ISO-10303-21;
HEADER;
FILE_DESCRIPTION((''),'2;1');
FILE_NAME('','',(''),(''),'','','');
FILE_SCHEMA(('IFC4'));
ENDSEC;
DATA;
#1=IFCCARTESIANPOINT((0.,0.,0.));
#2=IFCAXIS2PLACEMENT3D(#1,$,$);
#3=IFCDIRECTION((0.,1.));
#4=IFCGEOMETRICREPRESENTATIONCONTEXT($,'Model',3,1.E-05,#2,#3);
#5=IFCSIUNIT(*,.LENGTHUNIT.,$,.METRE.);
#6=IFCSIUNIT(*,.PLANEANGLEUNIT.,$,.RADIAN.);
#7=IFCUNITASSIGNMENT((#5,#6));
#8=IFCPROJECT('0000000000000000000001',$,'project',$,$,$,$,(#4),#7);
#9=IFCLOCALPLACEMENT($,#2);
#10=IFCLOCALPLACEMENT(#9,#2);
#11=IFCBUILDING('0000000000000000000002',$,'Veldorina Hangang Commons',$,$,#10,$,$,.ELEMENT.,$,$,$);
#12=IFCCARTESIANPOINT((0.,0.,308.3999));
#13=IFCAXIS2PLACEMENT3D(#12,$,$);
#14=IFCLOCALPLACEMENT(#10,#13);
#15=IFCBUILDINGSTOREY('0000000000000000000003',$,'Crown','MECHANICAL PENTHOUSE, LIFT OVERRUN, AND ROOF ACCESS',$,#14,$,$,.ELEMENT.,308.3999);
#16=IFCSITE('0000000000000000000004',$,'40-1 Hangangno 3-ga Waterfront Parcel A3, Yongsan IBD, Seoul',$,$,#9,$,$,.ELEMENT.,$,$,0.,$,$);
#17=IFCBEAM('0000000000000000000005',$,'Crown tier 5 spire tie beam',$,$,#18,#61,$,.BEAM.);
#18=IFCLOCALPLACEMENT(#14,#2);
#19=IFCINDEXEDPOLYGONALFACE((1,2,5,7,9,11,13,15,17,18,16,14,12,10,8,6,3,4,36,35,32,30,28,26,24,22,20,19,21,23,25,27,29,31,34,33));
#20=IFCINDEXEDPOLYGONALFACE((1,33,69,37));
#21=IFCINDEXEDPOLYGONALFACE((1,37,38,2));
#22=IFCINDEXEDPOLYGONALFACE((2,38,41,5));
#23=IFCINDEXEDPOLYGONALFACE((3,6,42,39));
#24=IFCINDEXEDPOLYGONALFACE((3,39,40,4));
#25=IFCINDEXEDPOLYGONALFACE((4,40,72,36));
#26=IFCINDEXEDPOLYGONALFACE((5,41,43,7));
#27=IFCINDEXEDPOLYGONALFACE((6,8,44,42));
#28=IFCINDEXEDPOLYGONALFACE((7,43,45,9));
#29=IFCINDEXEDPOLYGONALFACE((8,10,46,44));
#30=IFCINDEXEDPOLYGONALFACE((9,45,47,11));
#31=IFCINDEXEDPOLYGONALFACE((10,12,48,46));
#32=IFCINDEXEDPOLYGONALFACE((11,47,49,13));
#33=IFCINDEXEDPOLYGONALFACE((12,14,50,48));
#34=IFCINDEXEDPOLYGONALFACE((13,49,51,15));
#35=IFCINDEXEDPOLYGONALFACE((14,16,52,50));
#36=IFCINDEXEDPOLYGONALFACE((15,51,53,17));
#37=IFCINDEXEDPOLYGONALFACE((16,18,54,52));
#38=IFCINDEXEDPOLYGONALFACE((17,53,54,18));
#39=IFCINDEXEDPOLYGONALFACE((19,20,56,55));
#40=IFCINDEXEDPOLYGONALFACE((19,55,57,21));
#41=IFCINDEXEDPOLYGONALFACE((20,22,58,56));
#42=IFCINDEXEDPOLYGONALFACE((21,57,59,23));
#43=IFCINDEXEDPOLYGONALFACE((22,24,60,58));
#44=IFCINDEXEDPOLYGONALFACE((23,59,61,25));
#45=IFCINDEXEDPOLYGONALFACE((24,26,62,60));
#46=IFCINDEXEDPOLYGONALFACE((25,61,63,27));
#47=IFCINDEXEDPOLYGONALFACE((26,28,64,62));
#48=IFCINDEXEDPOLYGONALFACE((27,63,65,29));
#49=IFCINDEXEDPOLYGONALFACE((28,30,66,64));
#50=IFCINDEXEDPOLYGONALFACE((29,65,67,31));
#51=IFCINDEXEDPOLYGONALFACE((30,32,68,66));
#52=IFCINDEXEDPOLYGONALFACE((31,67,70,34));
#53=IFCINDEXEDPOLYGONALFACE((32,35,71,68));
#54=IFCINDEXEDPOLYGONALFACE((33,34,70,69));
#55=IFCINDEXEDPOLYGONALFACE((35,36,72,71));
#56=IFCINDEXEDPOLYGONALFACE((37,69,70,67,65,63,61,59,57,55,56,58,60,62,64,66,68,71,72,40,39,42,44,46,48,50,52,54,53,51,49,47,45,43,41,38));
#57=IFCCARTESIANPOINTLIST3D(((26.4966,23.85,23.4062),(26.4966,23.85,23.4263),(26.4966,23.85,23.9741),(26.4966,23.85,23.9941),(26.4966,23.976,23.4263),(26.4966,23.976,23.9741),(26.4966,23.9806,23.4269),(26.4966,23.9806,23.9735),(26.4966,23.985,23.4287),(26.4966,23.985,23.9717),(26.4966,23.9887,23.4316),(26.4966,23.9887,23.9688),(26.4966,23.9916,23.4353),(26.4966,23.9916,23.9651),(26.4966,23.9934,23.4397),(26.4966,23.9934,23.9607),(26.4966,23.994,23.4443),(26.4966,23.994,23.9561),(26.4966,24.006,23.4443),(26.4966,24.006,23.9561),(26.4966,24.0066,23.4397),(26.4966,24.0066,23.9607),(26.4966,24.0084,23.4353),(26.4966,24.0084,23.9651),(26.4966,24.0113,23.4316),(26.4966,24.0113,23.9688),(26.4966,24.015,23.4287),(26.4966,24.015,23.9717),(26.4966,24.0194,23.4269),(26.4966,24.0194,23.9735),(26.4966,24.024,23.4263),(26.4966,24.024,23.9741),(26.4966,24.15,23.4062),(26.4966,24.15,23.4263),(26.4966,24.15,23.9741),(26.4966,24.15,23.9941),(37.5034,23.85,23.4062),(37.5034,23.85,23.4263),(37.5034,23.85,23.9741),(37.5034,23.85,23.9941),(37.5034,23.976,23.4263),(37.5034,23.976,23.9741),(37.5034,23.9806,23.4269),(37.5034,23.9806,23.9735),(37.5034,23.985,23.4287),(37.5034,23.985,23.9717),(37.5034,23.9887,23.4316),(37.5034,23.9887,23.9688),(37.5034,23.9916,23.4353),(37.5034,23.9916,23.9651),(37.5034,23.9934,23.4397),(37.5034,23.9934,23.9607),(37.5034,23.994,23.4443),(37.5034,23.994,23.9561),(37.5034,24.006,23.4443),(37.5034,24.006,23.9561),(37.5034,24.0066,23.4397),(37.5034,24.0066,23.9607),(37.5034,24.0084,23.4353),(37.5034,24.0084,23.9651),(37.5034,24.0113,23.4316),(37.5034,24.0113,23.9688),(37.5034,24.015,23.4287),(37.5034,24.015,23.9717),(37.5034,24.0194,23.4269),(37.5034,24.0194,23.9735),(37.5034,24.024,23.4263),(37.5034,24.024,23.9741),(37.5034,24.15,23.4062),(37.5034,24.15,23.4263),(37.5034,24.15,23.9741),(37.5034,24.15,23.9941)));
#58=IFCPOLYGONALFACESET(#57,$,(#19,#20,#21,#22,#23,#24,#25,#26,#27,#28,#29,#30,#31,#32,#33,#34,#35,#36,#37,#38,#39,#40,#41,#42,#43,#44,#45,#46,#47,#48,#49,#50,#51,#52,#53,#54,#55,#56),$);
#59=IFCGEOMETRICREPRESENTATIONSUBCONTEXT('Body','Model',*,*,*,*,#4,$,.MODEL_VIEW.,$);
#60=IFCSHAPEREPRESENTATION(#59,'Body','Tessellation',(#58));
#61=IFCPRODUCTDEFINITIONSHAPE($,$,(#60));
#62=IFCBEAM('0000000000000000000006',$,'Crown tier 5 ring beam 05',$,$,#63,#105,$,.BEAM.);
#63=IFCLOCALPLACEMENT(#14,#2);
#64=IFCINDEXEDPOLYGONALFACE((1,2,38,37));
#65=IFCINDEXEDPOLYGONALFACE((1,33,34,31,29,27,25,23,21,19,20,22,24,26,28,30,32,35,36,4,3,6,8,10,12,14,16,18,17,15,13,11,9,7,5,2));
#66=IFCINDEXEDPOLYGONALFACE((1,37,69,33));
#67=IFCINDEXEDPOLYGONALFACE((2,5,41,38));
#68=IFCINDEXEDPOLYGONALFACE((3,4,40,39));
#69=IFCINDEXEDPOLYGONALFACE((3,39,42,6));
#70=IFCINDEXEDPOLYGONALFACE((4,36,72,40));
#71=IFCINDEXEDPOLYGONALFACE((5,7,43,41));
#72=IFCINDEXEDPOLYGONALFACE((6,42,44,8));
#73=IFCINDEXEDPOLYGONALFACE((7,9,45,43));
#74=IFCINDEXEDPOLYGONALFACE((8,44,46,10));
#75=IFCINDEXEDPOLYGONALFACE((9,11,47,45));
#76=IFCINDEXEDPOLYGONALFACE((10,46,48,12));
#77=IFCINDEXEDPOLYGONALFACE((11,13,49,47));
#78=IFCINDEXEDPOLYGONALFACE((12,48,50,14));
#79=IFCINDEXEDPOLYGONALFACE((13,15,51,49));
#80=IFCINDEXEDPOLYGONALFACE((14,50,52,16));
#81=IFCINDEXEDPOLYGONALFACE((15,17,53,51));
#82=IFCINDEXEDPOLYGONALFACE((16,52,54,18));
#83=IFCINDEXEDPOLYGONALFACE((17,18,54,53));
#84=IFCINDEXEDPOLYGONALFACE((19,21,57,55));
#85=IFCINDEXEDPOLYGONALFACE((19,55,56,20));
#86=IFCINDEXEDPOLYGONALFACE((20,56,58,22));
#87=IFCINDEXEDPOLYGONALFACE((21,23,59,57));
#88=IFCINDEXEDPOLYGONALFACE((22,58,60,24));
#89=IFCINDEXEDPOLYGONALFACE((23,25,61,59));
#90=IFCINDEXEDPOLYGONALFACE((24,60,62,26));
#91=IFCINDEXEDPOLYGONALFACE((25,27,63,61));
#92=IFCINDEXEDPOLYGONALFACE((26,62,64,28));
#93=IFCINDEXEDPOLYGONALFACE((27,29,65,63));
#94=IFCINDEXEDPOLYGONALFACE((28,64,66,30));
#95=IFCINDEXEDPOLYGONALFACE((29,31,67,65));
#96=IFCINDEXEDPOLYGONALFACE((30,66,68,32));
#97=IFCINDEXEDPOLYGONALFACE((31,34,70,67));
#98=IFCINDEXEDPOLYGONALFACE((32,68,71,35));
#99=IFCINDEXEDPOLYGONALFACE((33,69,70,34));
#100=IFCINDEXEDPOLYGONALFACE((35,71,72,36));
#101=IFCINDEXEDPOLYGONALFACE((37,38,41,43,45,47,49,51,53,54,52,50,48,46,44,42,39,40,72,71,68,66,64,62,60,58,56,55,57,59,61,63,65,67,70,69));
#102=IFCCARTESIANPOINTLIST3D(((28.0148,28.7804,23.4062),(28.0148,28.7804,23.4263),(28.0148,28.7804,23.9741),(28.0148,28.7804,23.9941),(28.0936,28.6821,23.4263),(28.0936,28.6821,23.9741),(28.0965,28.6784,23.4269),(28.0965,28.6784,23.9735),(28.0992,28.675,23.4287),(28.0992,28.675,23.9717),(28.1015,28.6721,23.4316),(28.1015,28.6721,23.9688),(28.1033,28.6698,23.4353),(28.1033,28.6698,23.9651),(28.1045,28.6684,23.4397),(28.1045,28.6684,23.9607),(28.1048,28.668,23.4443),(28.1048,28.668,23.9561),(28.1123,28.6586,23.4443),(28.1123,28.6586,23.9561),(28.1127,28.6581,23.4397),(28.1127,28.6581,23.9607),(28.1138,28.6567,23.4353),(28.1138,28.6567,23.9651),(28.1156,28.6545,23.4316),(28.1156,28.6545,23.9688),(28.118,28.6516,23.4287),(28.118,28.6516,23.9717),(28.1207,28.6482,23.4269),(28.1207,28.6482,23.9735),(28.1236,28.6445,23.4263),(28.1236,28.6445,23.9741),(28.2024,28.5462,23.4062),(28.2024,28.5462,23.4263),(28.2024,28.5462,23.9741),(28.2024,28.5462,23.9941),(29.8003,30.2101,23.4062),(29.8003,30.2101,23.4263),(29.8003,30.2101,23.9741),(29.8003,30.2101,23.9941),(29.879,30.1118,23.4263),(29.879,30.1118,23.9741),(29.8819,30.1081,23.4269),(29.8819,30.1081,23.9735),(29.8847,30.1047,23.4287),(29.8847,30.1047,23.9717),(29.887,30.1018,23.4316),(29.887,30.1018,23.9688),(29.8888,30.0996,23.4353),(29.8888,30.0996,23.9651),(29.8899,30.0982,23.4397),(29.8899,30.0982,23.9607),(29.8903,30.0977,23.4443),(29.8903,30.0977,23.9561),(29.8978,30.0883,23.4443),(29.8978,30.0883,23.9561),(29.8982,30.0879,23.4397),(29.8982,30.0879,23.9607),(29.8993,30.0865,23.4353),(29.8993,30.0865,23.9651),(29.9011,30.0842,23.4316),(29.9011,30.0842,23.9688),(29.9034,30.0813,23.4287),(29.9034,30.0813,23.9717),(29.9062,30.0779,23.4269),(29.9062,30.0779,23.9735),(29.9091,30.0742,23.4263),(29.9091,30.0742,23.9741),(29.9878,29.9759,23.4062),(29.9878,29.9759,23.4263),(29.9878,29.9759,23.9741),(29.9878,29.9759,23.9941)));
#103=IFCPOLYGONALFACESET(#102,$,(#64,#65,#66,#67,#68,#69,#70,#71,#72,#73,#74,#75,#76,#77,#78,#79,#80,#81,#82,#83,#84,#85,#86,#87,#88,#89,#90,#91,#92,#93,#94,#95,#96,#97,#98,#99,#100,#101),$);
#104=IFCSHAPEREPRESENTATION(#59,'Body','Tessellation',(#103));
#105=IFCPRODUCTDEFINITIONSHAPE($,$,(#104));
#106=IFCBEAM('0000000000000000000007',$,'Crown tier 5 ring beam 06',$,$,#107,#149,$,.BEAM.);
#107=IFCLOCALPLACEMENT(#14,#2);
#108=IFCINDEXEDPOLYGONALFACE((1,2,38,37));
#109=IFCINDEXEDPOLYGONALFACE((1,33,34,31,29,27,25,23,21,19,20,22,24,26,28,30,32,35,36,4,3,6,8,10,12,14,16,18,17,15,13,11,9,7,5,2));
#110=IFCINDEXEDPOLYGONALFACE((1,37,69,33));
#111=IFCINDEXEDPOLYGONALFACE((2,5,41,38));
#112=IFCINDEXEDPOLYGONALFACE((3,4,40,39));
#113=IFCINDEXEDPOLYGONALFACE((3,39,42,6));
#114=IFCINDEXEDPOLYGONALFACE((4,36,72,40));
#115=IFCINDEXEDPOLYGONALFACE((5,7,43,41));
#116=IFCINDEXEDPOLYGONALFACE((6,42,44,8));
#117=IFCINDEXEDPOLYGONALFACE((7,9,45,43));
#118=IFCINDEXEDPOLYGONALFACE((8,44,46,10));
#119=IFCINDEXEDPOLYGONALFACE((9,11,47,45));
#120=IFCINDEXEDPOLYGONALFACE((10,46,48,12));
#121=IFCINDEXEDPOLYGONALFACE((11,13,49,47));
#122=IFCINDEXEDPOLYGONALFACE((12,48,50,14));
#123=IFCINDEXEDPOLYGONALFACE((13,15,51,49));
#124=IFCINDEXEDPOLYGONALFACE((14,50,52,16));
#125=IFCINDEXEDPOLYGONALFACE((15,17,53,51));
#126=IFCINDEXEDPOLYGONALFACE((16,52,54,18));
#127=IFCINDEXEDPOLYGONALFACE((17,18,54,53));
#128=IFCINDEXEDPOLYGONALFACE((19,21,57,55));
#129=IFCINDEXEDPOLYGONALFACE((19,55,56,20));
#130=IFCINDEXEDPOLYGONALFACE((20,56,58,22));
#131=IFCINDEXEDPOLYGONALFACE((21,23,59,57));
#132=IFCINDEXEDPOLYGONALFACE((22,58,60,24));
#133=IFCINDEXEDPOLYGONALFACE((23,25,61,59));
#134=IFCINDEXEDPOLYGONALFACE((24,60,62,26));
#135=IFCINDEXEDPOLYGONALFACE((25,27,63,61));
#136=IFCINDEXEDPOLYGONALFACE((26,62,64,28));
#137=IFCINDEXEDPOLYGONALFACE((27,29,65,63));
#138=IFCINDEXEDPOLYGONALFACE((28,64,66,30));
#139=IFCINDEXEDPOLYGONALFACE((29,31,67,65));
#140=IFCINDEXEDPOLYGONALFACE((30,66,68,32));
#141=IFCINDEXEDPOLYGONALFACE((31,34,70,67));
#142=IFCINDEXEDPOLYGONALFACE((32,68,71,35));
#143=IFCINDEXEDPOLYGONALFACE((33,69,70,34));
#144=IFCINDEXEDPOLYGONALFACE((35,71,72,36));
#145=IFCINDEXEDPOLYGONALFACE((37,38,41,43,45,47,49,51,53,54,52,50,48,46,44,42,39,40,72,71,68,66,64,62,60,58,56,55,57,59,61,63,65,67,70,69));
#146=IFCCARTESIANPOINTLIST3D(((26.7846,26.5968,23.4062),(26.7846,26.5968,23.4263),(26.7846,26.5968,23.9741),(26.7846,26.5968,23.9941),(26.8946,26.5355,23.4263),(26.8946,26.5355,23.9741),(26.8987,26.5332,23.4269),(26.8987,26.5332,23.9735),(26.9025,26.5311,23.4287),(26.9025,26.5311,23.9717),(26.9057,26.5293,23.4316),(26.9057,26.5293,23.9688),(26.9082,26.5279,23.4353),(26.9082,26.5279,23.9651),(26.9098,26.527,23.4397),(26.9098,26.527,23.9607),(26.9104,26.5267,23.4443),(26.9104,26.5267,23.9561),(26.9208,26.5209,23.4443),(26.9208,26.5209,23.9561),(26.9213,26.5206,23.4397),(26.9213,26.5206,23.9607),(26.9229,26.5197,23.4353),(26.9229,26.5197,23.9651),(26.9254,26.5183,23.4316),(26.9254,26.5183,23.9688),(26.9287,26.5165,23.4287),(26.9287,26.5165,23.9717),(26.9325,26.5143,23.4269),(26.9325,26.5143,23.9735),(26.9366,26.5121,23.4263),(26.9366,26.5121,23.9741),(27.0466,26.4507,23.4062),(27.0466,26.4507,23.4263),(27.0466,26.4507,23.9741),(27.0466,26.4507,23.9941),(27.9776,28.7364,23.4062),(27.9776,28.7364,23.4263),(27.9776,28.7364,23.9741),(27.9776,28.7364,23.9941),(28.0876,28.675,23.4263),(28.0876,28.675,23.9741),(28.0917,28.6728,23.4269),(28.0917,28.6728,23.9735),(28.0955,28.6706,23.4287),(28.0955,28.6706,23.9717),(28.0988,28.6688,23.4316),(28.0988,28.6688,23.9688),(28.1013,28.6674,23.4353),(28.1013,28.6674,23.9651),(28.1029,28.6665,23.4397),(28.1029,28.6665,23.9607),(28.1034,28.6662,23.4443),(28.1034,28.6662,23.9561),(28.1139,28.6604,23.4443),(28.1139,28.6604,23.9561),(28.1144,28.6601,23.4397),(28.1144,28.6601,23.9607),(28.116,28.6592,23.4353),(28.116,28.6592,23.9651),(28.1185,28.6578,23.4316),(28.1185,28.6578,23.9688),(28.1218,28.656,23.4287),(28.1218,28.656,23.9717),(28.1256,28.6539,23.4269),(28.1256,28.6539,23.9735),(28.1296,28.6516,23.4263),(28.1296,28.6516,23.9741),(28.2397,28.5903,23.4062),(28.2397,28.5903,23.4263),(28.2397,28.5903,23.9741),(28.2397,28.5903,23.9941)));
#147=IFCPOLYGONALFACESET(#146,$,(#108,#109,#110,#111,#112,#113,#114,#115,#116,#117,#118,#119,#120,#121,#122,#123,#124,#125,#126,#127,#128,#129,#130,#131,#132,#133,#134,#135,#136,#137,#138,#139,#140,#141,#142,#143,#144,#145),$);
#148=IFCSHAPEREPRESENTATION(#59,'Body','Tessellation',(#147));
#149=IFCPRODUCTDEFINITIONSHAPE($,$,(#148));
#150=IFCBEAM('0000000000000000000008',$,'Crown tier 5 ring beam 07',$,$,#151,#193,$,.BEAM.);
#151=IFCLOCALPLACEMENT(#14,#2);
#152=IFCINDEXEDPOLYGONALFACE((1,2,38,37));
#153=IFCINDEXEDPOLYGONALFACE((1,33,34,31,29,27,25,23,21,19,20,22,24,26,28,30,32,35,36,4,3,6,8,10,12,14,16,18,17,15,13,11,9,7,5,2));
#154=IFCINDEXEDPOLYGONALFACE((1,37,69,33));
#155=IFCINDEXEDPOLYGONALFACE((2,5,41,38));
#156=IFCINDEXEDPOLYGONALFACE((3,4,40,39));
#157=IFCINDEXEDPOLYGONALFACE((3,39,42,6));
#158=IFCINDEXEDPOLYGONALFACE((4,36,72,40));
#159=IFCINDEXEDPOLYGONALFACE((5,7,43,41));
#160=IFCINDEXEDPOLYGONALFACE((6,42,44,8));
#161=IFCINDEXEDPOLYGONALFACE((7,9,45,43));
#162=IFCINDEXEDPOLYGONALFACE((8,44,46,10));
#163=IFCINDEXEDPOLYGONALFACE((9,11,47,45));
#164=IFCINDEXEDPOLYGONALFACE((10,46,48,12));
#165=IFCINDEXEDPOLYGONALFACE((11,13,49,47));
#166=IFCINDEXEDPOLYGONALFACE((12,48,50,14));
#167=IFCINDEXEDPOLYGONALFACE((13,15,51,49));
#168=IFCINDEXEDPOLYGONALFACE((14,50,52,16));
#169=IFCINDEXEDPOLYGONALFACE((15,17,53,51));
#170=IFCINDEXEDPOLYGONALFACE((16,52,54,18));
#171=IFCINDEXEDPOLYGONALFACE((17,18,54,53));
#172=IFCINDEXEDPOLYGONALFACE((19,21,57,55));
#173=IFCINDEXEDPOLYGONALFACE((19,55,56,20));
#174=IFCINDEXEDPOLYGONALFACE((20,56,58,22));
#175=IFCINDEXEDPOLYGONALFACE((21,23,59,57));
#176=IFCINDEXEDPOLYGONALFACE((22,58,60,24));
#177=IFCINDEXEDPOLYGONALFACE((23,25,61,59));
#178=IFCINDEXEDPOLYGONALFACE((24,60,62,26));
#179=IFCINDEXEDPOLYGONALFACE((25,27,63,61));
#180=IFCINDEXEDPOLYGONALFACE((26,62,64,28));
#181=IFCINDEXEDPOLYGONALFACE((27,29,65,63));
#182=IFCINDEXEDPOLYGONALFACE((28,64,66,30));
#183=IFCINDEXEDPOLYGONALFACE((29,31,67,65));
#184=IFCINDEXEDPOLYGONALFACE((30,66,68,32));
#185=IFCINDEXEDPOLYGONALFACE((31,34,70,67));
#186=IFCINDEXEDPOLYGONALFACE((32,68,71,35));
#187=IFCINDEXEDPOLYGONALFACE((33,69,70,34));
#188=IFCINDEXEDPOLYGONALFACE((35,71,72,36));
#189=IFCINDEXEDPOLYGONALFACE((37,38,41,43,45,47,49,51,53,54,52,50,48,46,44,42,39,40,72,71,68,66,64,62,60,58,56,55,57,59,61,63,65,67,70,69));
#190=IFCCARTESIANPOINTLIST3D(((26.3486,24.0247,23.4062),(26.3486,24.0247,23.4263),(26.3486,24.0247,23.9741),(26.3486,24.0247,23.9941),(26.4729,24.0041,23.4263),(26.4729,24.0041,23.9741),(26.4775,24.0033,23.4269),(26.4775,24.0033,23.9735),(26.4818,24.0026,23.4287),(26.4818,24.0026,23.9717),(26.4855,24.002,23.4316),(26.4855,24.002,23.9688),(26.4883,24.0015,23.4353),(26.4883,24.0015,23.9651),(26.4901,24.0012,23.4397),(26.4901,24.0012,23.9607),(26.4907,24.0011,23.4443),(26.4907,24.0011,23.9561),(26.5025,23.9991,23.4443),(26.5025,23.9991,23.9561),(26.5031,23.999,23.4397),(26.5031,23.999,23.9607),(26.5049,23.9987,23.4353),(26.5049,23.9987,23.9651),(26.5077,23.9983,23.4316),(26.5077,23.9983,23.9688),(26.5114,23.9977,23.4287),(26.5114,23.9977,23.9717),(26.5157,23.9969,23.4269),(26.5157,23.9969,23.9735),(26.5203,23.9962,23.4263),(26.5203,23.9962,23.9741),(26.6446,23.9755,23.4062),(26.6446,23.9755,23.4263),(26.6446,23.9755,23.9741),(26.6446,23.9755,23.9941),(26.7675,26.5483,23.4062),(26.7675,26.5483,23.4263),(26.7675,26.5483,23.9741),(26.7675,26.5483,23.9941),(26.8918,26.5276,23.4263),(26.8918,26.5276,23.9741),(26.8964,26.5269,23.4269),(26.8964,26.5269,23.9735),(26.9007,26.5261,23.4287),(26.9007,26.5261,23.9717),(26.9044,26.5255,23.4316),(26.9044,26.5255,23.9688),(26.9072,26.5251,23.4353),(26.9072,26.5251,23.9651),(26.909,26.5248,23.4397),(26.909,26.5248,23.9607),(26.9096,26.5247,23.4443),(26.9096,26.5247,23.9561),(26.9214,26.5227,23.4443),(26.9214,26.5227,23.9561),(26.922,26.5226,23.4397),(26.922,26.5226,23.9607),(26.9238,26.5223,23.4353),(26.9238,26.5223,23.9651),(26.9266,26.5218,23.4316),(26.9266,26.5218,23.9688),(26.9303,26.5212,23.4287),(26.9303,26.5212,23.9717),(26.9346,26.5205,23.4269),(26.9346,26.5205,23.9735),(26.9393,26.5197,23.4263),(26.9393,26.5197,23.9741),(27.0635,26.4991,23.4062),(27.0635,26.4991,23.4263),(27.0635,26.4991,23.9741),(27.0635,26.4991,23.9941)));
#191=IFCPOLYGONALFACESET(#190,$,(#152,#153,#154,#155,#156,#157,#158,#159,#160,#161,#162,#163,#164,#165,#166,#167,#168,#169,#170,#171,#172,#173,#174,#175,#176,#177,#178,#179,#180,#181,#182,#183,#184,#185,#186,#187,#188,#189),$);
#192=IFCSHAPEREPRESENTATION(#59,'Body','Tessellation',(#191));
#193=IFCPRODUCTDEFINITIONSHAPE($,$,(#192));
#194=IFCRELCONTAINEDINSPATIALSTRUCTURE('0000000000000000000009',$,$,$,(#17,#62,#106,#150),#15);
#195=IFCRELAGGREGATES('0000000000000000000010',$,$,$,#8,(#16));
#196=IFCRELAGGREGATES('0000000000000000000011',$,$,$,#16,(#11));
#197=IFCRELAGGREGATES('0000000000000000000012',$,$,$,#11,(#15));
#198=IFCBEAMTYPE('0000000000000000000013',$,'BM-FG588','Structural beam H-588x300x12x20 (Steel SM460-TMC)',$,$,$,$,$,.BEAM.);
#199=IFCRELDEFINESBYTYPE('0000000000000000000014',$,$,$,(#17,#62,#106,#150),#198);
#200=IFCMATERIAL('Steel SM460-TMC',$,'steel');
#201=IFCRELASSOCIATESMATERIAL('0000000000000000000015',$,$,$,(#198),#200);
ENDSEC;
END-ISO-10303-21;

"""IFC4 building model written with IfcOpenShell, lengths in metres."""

from ifc_helpers import new_model, si_unit, direction, frame, origin, origin_2d, place, context, subcontext, project, spatial, i_section, extrude, material, material_profile, profile_set, type_object, element, save


model = new_model("IFC4")

# Units and contexts
model_context = context("Model", 3, precision=1e-05, world=origin(), true_north=direction((0.0, 1.0)))
body_context = subcontext(model_context, "Body", "Model", "MODEL_VIEW")
ifc_project = project(units=[si_unit("LENGTHUNIT", "METRE"), si_unit("PLANEANGLEUNIT", "RADIAN")], contexts=[model_context])

# Site, building, storey
site_placement = place(None, origin())
site = spatial("IfcSite", under=ifc_project, at=site_placement, Name="40-1 Hangangno 3-ga Waterfront Parcel A3, Yongsan IBD, Seoul", CompositionType="ELEMENT", RefElevation=0.0)
building_placement = place(site_placement, origin())
building = spatial("IfcBuilding", under=site, at=building_placement, Name="Veldorina Hangang Commons", CompositionType="ELEMENT")
storey_placement = place(building_placement, frame((0.0, 0.0, 308.3999)))
storey = spatial("IfcBuildingStorey", under=building, at=storey_placement, Name="Crown", Description="MECHANICAL PENTHOUSE, LIFT OVERRUN, AND ROOF ACCESS", CompositionType="ELEMENT", Elevation=308.3999)

# Beams
ifc_material_1 = material(Name="Steel SM460-TMC", Category="steel")
ifc_material_profile_1 = material_profile(ifc_material_1, i_section(OverallWidth=0.3, OverallDepth=0.5879, WebThickness=0.012, FlangeThickness=0.02, FilletRadius=0.0181, at=origin_2d()), Name="H-588x300x12x20")
ifc_profile_set_1 = profile_set([ifc_material_profile_1], Name="Steel SM460-TMC")
beam_type = type_object("IfcBeamType", Name="BM-FG588", Description="Structural beam H-588x300x12x20 (Steel SM460-TMC)", PredefinedType="BEAM", material=ifc_profile_set_1)
beam_1_placement = place(storey_placement, frame((26.4966, 24.0, 23.7002), z_axis=(1.0, 0.0, 0.0), x_axis=(0.0, 1.0, 0.0)))
element("IfcBeam", 1, at=beam_1_placement, inside=storey, type_object=beam_type, Name="Crown tier 5 spire tie beam", PredefinedType="BEAM", context=body_context, shape_type="SweptSolid", body=[
    extrude(i_section(OverallWidth=0.3, OverallDepth=0.5879, WebThickness=0.012, FlangeThickness=0.02, FilletRadius=0.0181, at=origin_2d()), origin(), (0.0, 0.0, 1.0), 11.0068),
])
beam_2_placement = place(storey_placement, frame((29.894, 30.093, 23.7002), z_axis=(-0.780577, -0.625059, 0.0), x_axis=(0.625059, -0.780577, 0.0)))
element("IfcBeam", 2, at=beam_2_placement, inside=storey, type_object=beam_type, Name="Crown tier 5 ring beam 05", PredefinedType="BEAM", context=body_context, shape_type="SweptSolid", body=[
    extrude(i_section(OverallWidth=0.3, OverallDepth=0.5879, WebThickness=0.012, FlangeThickness=0.02, FilletRadius=0.0181, at=origin_2d()), origin(), (0.0, 0.0, 1.0), 2.2874),
])
beam_3_placement = place(storey_placement, frame((28.1086, 28.6633, 23.7002), z_axis=(-0.487022, -0.87339, 0.0), x_axis=(0.87339, -0.487022, 0.0)))
element("IfcBeam", 3, at=beam_3_placement, inside=storey, type_object=beam_type, Name="Crown tier 5 ring beam 06", PredefinedType="BEAM", context=body_context, shape_type="SweptSolid", body=[
    extrude(i_section(OverallWidth=0.3, OverallDepth=0.5879, WebThickness=0.012, FlangeThickness=0.02, FilletRadius=0.0181, at=origin_2d()), origin(), (0.0, 0.0, 1.0), 2.4497),
])
for number, where, z_axis, x_axis, name in (
    (4, (26.9155, 26.5237, 23.7002), (-0.163764, -0.986499, 0.0), (0.986499, -0.163764, 0.0), "Crown tier 5 ring beam 07"),
):
    element("IfcBeam", number, at=place(storey_placement, frame(where, z_axis=z_axis, x_axis=x_axis)), inside=storey, type_object=beam_type, Name=name, PredefinedType="BEAM", context=body_context, shape_type="SweptSolid", body=[
        extrude(i_section(OverallWidth=0.3, OverallDepth=0.5879, WebThickness=0.012, FlangeThickness=0.02, FilletRadius=0.0181, at=origin_2d()), origin(), (0.0, 0.0, 1.0), 2.5581),
    ])

save(model, "model.ifc")
